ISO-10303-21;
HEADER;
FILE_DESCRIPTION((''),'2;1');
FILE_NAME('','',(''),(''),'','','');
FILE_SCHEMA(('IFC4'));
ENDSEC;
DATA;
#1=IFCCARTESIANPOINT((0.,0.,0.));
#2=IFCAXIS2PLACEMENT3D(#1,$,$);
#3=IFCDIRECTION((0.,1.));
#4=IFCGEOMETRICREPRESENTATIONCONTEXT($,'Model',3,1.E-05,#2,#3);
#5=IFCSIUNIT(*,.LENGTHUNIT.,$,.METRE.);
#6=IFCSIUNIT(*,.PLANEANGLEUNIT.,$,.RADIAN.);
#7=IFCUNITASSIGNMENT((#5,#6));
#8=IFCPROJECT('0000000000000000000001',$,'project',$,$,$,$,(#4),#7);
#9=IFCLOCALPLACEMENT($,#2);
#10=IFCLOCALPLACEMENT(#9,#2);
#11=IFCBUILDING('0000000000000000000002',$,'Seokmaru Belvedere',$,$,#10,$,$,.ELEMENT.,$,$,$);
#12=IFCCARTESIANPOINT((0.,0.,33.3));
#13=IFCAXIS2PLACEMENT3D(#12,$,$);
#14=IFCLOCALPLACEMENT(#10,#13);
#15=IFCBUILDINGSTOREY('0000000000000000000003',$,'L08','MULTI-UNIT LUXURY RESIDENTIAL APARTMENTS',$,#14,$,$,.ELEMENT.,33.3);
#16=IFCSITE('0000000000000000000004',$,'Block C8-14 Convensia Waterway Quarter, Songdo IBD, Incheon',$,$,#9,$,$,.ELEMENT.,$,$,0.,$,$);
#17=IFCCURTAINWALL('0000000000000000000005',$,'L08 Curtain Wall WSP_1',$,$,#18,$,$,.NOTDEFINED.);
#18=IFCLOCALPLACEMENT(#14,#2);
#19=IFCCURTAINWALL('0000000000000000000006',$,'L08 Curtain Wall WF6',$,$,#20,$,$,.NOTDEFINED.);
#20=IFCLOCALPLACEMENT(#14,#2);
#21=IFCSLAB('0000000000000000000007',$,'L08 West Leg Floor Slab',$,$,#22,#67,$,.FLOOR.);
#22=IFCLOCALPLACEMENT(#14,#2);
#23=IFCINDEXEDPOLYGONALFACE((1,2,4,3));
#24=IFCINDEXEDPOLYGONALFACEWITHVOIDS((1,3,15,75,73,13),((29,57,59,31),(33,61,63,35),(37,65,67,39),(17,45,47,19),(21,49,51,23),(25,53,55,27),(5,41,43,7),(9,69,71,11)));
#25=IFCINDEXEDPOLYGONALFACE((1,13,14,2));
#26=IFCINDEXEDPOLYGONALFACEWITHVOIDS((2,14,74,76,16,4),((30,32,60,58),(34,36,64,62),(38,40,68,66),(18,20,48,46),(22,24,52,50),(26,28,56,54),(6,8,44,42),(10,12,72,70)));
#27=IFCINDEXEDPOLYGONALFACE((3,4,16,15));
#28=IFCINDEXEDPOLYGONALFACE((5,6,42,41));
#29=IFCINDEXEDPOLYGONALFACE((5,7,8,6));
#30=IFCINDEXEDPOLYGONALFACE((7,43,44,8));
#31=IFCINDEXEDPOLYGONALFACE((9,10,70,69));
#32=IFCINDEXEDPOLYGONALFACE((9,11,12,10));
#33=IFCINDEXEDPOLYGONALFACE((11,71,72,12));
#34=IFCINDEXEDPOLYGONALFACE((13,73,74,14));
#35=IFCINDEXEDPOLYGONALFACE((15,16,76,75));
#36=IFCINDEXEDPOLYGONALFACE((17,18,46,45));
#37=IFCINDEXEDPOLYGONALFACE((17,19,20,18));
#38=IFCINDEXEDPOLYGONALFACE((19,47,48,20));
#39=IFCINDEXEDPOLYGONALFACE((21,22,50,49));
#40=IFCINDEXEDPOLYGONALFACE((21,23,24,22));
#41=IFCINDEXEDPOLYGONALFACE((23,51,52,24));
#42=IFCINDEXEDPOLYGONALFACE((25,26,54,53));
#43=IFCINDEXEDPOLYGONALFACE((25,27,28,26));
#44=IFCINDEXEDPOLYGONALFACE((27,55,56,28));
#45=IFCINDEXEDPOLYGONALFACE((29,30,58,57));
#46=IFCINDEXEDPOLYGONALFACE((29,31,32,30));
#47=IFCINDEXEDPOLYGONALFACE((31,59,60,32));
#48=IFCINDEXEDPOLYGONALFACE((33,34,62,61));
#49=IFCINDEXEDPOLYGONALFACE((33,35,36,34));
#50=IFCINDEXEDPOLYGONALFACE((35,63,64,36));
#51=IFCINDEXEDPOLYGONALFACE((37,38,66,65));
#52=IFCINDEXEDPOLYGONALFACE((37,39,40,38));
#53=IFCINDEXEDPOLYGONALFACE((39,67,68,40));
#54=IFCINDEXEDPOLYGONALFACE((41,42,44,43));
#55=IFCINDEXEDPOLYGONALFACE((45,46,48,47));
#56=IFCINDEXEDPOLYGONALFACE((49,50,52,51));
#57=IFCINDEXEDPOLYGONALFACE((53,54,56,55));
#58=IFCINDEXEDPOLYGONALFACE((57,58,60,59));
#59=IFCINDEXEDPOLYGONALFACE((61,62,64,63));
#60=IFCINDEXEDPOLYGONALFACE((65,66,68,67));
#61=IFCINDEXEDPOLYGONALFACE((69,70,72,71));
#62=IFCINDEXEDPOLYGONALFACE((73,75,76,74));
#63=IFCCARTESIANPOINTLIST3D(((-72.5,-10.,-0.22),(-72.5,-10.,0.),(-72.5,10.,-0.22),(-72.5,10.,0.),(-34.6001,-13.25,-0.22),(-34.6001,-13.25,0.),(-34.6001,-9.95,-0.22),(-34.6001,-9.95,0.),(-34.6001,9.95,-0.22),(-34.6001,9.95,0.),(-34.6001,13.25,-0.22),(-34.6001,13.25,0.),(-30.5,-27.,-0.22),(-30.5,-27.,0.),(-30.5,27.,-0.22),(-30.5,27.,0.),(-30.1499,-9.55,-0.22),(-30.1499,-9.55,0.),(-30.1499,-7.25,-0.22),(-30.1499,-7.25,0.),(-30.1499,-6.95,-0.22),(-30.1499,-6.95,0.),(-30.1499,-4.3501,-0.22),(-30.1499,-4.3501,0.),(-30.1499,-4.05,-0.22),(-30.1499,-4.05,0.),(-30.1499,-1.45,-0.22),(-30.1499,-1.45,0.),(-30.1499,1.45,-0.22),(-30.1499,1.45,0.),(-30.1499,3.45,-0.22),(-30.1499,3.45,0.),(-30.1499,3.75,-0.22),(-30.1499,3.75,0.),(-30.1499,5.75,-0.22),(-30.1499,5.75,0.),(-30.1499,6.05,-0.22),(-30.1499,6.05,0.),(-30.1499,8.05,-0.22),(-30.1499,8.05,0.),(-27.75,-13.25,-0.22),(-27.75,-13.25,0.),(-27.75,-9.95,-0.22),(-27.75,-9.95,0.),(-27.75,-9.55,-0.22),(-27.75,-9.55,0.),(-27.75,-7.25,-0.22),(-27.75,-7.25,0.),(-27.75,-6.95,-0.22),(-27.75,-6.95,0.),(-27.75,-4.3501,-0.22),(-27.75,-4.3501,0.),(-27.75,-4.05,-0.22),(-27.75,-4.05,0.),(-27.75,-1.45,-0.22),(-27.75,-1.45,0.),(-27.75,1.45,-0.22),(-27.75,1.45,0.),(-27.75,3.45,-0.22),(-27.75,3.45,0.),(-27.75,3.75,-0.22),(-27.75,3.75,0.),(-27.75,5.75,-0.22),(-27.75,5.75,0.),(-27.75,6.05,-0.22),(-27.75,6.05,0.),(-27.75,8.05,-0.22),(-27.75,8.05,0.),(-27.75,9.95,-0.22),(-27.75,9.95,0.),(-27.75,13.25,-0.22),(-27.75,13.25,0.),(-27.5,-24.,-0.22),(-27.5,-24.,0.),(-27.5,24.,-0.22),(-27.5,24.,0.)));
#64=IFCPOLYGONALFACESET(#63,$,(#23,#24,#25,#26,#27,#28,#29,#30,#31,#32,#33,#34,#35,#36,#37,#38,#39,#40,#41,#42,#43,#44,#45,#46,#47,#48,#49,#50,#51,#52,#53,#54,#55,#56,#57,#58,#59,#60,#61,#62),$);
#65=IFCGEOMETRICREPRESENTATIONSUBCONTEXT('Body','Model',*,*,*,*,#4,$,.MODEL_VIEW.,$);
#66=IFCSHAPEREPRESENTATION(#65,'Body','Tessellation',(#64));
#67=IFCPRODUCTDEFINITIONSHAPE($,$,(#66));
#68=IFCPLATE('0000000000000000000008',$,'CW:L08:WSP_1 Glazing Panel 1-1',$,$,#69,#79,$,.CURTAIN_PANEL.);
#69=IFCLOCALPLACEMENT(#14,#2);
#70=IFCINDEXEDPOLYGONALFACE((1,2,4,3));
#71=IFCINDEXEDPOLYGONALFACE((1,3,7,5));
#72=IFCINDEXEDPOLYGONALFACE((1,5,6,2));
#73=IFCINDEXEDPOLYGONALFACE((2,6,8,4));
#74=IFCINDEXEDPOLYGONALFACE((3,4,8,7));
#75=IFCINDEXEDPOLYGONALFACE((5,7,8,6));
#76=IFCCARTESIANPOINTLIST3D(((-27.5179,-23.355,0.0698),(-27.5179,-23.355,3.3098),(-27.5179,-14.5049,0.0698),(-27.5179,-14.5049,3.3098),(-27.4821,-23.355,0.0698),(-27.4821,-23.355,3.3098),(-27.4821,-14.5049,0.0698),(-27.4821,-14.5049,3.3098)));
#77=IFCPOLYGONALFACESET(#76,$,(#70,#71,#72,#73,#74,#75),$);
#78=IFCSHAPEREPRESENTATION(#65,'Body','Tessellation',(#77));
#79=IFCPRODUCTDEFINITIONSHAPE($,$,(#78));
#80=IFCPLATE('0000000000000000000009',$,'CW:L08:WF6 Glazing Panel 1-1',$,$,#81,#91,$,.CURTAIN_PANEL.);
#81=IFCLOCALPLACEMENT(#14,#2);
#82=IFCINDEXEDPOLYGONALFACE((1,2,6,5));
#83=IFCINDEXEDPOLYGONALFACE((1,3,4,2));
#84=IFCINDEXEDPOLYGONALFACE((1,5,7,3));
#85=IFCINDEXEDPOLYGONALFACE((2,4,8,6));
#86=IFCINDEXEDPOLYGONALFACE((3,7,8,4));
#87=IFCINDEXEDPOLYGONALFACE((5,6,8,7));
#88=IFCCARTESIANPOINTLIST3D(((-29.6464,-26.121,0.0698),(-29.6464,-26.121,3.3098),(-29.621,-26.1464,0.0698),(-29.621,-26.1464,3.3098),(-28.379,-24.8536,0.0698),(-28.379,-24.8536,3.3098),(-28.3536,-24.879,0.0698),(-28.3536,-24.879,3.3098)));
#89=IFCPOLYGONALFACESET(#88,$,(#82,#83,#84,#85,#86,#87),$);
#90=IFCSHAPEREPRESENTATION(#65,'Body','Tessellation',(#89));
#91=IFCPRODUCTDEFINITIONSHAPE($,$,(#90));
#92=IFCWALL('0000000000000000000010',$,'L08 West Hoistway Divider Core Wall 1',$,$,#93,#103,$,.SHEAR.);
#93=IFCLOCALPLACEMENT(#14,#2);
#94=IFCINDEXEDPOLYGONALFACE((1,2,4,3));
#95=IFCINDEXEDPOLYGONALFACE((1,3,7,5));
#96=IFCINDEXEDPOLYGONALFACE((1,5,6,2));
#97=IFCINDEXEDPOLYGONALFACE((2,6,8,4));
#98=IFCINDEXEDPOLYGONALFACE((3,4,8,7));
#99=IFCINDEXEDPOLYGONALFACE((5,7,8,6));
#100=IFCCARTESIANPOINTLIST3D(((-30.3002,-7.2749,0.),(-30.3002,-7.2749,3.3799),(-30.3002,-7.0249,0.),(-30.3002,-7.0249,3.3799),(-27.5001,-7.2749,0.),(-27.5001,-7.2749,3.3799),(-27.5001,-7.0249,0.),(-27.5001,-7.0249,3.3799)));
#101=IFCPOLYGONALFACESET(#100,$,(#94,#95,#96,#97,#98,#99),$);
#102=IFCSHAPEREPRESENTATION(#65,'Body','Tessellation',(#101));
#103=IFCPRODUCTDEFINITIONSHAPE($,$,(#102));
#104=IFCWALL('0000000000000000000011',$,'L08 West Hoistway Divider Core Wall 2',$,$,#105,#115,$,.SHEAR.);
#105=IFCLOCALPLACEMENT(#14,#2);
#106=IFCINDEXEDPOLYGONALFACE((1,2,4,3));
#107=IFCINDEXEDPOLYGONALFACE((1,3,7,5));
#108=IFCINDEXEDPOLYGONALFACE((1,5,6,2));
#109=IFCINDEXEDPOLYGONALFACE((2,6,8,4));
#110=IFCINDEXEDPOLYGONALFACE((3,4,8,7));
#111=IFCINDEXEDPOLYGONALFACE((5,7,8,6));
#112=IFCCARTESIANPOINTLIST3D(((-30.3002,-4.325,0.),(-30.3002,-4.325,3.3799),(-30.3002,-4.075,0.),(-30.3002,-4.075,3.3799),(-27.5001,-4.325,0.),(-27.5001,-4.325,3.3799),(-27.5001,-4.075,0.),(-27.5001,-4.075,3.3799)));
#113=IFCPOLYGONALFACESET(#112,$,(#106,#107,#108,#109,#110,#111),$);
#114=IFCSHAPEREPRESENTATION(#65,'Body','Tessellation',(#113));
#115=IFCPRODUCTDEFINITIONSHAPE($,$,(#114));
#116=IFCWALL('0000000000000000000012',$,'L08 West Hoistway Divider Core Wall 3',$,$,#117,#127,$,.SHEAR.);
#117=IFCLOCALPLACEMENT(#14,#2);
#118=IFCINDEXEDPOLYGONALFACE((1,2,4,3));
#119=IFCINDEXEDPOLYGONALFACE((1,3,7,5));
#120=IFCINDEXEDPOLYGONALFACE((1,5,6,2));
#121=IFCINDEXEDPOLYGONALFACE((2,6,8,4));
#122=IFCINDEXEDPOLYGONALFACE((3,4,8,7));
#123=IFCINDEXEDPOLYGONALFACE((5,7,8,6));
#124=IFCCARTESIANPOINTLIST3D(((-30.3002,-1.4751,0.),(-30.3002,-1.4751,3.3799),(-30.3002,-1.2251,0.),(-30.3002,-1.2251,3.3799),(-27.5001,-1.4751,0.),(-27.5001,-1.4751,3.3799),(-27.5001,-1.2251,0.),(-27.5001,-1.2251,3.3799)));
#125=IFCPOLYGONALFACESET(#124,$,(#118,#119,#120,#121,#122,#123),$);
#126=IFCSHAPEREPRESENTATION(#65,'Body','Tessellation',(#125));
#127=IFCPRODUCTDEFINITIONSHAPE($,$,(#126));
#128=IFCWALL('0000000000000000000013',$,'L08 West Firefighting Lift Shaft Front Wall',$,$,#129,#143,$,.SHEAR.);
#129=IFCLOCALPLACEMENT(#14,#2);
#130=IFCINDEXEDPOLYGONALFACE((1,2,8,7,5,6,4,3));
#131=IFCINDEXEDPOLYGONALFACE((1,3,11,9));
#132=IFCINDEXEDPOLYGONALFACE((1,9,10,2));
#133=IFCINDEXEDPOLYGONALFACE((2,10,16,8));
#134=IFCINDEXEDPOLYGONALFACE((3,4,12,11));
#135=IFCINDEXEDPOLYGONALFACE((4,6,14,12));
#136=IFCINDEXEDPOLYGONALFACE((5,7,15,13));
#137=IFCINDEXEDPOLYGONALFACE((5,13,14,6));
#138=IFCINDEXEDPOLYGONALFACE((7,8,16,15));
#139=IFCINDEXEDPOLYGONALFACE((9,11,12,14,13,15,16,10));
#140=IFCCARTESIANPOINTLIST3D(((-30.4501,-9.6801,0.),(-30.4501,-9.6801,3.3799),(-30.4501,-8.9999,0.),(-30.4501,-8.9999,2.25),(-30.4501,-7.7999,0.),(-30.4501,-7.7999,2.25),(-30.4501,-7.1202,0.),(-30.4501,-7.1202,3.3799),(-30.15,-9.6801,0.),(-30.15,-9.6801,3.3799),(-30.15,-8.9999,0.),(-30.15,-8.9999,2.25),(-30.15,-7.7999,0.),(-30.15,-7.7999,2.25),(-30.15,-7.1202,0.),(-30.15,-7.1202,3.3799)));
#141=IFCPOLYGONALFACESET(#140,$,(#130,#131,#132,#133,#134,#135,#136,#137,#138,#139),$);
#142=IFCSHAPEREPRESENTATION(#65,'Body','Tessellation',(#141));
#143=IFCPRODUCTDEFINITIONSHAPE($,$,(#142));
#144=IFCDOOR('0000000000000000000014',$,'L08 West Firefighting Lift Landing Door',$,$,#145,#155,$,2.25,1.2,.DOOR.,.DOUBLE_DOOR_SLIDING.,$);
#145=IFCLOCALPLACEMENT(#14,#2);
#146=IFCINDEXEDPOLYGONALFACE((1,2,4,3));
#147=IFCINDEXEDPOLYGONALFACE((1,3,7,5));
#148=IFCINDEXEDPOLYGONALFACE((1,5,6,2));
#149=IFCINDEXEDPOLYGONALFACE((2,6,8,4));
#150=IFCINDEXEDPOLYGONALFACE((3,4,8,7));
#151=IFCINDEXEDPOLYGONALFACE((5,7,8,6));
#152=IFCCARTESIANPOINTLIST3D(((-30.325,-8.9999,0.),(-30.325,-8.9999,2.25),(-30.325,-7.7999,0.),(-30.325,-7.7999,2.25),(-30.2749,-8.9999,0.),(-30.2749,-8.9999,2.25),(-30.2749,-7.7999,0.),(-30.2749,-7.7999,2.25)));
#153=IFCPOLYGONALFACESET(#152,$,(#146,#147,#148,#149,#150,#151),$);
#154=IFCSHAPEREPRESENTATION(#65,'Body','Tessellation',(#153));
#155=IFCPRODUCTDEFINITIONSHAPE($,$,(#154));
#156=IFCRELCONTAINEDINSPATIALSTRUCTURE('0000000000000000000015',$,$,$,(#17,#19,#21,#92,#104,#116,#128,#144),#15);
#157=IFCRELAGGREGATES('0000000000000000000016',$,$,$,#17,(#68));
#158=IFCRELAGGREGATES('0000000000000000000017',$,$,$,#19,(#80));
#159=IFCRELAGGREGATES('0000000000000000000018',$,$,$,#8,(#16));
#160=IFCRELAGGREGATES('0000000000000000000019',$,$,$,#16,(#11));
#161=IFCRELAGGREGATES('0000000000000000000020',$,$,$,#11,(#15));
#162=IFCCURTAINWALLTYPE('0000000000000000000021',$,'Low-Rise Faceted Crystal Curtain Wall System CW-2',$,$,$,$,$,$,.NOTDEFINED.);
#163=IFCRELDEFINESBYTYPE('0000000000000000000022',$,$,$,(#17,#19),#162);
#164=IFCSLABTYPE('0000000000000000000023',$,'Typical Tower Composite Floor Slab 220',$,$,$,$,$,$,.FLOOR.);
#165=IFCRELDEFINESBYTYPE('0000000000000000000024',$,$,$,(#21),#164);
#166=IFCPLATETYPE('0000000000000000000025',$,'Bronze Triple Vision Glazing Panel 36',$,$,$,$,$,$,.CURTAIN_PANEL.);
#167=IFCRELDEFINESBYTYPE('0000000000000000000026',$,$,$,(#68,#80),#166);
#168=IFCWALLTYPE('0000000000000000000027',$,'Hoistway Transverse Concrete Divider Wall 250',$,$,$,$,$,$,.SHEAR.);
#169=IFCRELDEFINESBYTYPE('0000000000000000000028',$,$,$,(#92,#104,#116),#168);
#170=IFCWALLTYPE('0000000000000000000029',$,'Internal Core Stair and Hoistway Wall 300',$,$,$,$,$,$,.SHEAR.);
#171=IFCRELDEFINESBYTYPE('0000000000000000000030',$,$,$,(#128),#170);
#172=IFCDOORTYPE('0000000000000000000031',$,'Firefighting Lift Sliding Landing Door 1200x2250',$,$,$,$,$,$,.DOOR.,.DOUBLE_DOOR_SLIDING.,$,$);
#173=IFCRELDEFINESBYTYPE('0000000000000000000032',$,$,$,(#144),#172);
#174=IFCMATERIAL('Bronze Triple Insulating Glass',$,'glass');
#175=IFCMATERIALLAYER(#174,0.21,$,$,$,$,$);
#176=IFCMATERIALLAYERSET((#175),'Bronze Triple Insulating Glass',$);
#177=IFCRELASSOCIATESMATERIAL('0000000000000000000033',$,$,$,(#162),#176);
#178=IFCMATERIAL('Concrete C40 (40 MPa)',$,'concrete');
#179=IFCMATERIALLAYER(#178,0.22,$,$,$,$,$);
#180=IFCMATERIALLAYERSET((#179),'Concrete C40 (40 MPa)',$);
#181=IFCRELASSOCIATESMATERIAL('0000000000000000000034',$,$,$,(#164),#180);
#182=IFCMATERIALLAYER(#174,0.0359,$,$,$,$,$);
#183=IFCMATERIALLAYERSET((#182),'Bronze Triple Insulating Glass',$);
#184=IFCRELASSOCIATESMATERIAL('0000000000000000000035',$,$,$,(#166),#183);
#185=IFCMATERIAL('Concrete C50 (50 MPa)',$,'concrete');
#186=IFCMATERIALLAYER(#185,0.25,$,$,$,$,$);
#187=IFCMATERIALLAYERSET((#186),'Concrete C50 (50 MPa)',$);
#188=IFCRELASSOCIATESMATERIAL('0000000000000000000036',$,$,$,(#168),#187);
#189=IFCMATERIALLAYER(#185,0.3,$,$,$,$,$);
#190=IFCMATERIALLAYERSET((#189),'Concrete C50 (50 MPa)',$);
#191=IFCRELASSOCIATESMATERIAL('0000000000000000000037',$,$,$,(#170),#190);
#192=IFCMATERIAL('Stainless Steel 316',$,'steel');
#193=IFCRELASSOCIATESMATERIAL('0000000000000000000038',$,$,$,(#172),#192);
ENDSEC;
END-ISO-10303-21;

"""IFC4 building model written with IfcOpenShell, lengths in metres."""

from ifc_helpers import new_model, si_unit, direction, frame, frame_2d, origin, origin_2d, place, context, subcontext, project, spatial, polyline, rectangle, outline, extrude, source, transform, mapped, material, layer, layer_set, type_object, type_shapes, element, fill, aggregate, save


model = new_model("IFC4")

# Units and contexts
model_context = context("Model", 3, precision=1e-05, world=origin(), true_north=direction((0.0, 1.0)))
body_context = subcontext(model_context, "Body", "Model", "MODEL_VIEW")
ifc_project = project(units=[si_unit("LENGTHUNIT", "METRE"), si_unit("PLANEANGLEUNIT", "RADIAN")], contexts=[model_context])

# Site, building, storey
site_placement = place(None, origin())
site = spatial("IfcSite", under=ifc_project, at=site_placement, Name="Block C8-14 Convensia Waterway Quarter, Songdo IBD, Incheon", CompositionType="ELEMENT", RefElevation=0.0)
building_placement = place(site_placement, origin())
building = spatial("IfcBuilding", under=site, at=building_placement, Name="Seokmaru Belvedere", CompositionType="ELEMENT")
storey_placement = place(building_placement, frame((0.0, 0.0, 33.3)))
storey = spatial("IfcBuildingStorey", under=building, at=storey_placement, Name="L08", Description="MULTI-UNIT LUXURY RESIDENTIAL APARTMENTS", CompositionType="ELEMENT", Elevation=33.3)

# Curtain walls
ifc_material_1 = material(Name="Bronze Triple Insulating Glass", Category="glass")
ifc_layer_1 = layer(ifc_material_1, 0.21)
ifc_layer_set_1 = layer_set([ifc_layer_1], Name="Bronze Triple Insulating Glass")
curtain_wall_type = type_object("IfcCurtainWallType", Name="Low-Rise Faceted Crystal Curtain Wall System CW-2", PredefinedType="NOTDEFINED", material=ifc_layer_set_1)
curtain_wall_1_placement = place(storey_placement, origin())
curtain_wall_1 = element("IfcCurtainWall", 1, at=curtain_wall_1_placement, inside=storey, type_object=curtain_wall_type, Name="L08 Curtain Wall WSP_1", PredefinedType="NOTDEFINED")
curtain_wall_2_placement = place(storey_placement, origin())
curtain_wall_2 = element("IfcCurtainWall", 2, at=curtain_wall_2_placement, inside=storey, type_object=curtain_wall_type, Name="L08 Curtain Wall WF6", PredefinedType="NOTDEFINED")

# Slab
ifc_material_2 = material(Name="Concrete C40 (40 MPa)", Category="concrete")
ifc_layer_2 = layer(ifc_material_2, 0.22)
ifc_layer_set_2 = layer_set([ifc_layer_2], Name="Concrete C40 (40 MPa)")
slab_type = type_object("IfcSlabType", Name="Typical Tower Composite Floor Slab 220", PredefinedType="FLOOR", material=ifc_layer_set_2)
slab_placement = place(storey_placement, frame((0.0, 0.0, -0.22)))
element("IfcSlab", 3, at=slab_placement, inside=storey, type_object=slab_type, Name="L08 West Leg Floor Slab", PredefinedType="FLOOR", context=body_context, shape_type="SweptSolid", body=[
    extrude(outline(polyline([(-27.5, -24.0), (-27.5, 24.0), (-30.5, 27.0), (-72.5, 10.0), (-72.5, -10.0), (-30.5, -27.0), (-27.5, -24.0)]), holes=[polyline([(-34.6001, -13.25), (-27.75, -13.25), (-27.75, -9.95), (-34.6001, -9.95), (-34.6001, -13.25)]), polyline([(-34.6001, 9.95), (-27.75, 9.95), (-27.75, 13.25), (-34.6001, 13.25), (-34.6001, 9.95)]), polyline([(-30.1499, -9.55), (-27.75, -9.55), (-27.75, -7.25), (-30.1499, -7.25), (-30.1499, -9.55)]), polyline([(-30.1499, -6.95), (-27.75, -6.95), (-27.75, -4.3501), (-30.1499, -4.3501), (-30.1499, -6.95)]), polyline([(-30.1499, -4.05), (-27.75, -4.05), (-27.75, -1.45), (-30.1499, -1.45), (-30.1499, -4.05)]), polyline([(-30.1499, 1.45), (-27.75, 1.45), (-27.75, 3.45), (-30.1499, 3.45), (-30.1499, 1.45)]), polyline([(-30.1499, 3.75), (-27.75, 3.75), (-27.75, 5.75), (-30.1499, 5.75), (-30.1499, 3.75)]), polyline([(-30.1499, 6.05), (-27.75, 6.05), (-27.75, 8.05), (-30.1499, 8.05), (-30.1499, 6.05)])]), origin(), (0.0, 0.0, 1.0), 0.22),
])

# Plates
ifc_layer_3 = layer(ifc_material_1, 0.0359)
ifc_layer_set_3 = layer_set([ifc_layer_3], Name="Bronze Triple Insulating Glass")
plate_type = type_object("IfcPlateType", Name="Bronze Triple Vision Glazing Panel 36", PredefinedType="CURTAIN_PANEL", material=ifc_layer_set_3)
shared_shape_1 = source(origin(), body_context, "Body", "SweptSolid", [
    extrude(rectangle(XDim=8.8501, YDim=0.0359, at=origin_2d()), origin(), (0.0, 0.0, 1.0), 3.24),
])
plate_1_placement = place(storey_placement, frame((-27.5, -18.9299, 0.0698), z_axis=(0.0, 0.0, 1.0), x_axis=(0.0, 1.0, 0.0)))
plate_1 = element("IfcPlate", 4, at=plate_1_placement, type_object=plate_type, Name="CW:L08:WSP_1 Glazing Panel 1-1", PredefinedType="CURTAIN_PANEL", context=body_context, shape_type="MappedRepresentation", body=[
    mapped(shared_shape_1, transform((0.0, 0.0, 0.0), scale=1.0)),
])
aggregate(curtain_wall_1, [plate_1])
shared_shape_2 = source(origin(), body_context, "Body", "SweptSolid", [
    extrude(rectangle(XDim=1.7925, YDim=0.0359, at=origin_2d()), origin(), (0.0, 0.0, 1.0), 3.24),
])
type_shapes(plate_type, [shared_shape_1, shared_shape_2])
plate_2_placement = place(storey_placement, frame((-29.0, -25.5, 0.0698), z_axis=(0.0, 0.0, 1.0), x_axis=(0.707107, 0.707107, 0.0)))
plate_2 = element("IfcPlate", 5, at=plate_2_placement, type_object=plate_type, Name="CW:L08:WF6 Glazing Panel 1-1", PredefinedType="CURTAIN_PANEL", context=body_context, shape_type="MappedRepresentation", body=[
    mapped(shared_shape_2, transform((0.0, 0.0, 0.0), scale=1.0)),
])
aggregate(curtain_wall_2, [plate_2])

# Walls
ifc_material_3 = material(Name="Concrete C50 (50 MPa)", Category="concrete")
ifc_layer_4 = layer(ifc_material_3, 0.25)
ifc_layer_set_4 = layer_set([ifc_layer_4], Name="Concrete C50 (50 MPa)")
wall_type_1 = type_object("IfcWallType", Name="Hoistway Transverse Concrete Divider Wall 250", PredefinedType="SHEAR", material=ifc_layer_set_4)
for number, where, z_axis, x_axis, name in (
    (6, (-30.3, -7.1499, 0.0), (0.0, 0.0, 1.0), (1.0, 0.0, 0.0), "L08 West Hoistway Divider Core Wall 1"),
    (7, (-30.3, -4.2, 0.0), (0.0, 0.0, 1.0), (1.0, 0.0, 0.0), "L08 West Hoistway Divider Core Wall 2"),
    (8, (-30.3, -1.3501, 0.0), (0.0, 0.0, 1.0), (1.0, 0.0, 0.0), "L08 West Hoistway Divider Core Wall 3"),
):
    element("IfcWall", number, at=place(storey_placement, frame(where, z_axis=z_axis, x_axis=x_axis)), inside=storey, type_object=wall_type_1, Name=name, PredefinedType="SHEAR", context=body_context, shape_type="SweptSolid", body=[
        extrude(rectangle(XDim=2.8, YDim=0.25, at=frame_2d((1.3999, 0.0))), origin(), (0.0, 0.0, 1.0), 3.3799),
    ])

# Wall, opening, door
ifc_layer_5 = layer(ifc_material_3, 0.3)
ifc_layer_set_5 = layer_set([ifc_layer_5], Name="Concrete C50 (50 MPa)")
wall_type_2 = type_object("IfcWallType", Name="Internal Core Stair and Hoistway Wall 300", PredefinedType="SHEAR", material=ifc_layer_set_5)
wall_1_placement = place(storey_placement, frame((-30.3, -9.6799, 0.0), z_axis=(0.0, 0.0, 1.0), x_axis=(0.0, 1.0, 0.0)))
wall_1 = element("IfcWall", 9, at=wall_1_placement, inside=storey, type_object=wall_type_2, Name="L08 West Firefighting Lift Shaft Front Wall", PredefinedType="SHEAR", context=body_context, shape_type="SweptSolid", body=[
    extrude(rectangle(XDim=2.5598, YDim=0.3, at=frame_2d((1.2798, 0.0))), origin(), (0.0, 0.0, 1.0), 3.3799),
])
opening_1_placement = place(wall_1_placement, frame((0.6799, 0.0, 0.0)))
opening_1 = element("IfcOpeningElement", 10, at=opening_1_placement, cuts=wall_1, PredefinedType="OPENING", context=body_context, shape_type="SweptSolid", body=[
    extrude(rectangle(XDim=1.2, YDim=2.25, at=frame_2d((0.6001, 1.125))), frame((0.0, 0.1602, 0.0), z_axis=(0.0, -1.0, 0.0), x_axis=(1.0, 0.0, 0.0)), (0.0, 0.0, 1.0), 0.3201),
])
ifc_material_4 = material(Name="Stainless Steel 316", Category="steel")
door_type_1 = type_object("IfcDoorType", Name="Firefighting Lift Sliding Landing Door 1200x2250", OperationType="DOUBLE_DOOR_SLIDING", PredefinedType="DOOR", material=ifc_material_4)
shared_shape_3 = source(origin(), body_context, "Body", "SweptSolid", [
    extrude(rectangle(XDim=1.2, YDim=2.25, at=frame_2d((0.6001, 1.125))), frame((0.0, 0.0249, 0.0), z_axis=(0.0, -1.0, 0.0), x_axis=(1.0, 0.0, 0.0)), (0.0, 0.0, 1.0), 0.05),
])
type_shapes(door_type_1, [shared_shape_3])
door_1_placement = place(opening_1_placement, origin())
door_1 = element("IfcDoor", 11, at=door_1_placement, inside=storey, type_object=door_type_1, Name="L08 West Firefighting Lift Landing Door", OperationType="DOUBLE_DOOR_SLIDING", OverallHeight=2.25, OverallWidth=1.2, PredefinedType="DOOR", context=body_context, shape_type="MappedRepresentation", body=[
    mapped(shared_shape_3, transform((0.0, 0.0, 0.0), scale=1.0)),
])
fill(opening_1, door_1)

save(model, "model.ifc")
